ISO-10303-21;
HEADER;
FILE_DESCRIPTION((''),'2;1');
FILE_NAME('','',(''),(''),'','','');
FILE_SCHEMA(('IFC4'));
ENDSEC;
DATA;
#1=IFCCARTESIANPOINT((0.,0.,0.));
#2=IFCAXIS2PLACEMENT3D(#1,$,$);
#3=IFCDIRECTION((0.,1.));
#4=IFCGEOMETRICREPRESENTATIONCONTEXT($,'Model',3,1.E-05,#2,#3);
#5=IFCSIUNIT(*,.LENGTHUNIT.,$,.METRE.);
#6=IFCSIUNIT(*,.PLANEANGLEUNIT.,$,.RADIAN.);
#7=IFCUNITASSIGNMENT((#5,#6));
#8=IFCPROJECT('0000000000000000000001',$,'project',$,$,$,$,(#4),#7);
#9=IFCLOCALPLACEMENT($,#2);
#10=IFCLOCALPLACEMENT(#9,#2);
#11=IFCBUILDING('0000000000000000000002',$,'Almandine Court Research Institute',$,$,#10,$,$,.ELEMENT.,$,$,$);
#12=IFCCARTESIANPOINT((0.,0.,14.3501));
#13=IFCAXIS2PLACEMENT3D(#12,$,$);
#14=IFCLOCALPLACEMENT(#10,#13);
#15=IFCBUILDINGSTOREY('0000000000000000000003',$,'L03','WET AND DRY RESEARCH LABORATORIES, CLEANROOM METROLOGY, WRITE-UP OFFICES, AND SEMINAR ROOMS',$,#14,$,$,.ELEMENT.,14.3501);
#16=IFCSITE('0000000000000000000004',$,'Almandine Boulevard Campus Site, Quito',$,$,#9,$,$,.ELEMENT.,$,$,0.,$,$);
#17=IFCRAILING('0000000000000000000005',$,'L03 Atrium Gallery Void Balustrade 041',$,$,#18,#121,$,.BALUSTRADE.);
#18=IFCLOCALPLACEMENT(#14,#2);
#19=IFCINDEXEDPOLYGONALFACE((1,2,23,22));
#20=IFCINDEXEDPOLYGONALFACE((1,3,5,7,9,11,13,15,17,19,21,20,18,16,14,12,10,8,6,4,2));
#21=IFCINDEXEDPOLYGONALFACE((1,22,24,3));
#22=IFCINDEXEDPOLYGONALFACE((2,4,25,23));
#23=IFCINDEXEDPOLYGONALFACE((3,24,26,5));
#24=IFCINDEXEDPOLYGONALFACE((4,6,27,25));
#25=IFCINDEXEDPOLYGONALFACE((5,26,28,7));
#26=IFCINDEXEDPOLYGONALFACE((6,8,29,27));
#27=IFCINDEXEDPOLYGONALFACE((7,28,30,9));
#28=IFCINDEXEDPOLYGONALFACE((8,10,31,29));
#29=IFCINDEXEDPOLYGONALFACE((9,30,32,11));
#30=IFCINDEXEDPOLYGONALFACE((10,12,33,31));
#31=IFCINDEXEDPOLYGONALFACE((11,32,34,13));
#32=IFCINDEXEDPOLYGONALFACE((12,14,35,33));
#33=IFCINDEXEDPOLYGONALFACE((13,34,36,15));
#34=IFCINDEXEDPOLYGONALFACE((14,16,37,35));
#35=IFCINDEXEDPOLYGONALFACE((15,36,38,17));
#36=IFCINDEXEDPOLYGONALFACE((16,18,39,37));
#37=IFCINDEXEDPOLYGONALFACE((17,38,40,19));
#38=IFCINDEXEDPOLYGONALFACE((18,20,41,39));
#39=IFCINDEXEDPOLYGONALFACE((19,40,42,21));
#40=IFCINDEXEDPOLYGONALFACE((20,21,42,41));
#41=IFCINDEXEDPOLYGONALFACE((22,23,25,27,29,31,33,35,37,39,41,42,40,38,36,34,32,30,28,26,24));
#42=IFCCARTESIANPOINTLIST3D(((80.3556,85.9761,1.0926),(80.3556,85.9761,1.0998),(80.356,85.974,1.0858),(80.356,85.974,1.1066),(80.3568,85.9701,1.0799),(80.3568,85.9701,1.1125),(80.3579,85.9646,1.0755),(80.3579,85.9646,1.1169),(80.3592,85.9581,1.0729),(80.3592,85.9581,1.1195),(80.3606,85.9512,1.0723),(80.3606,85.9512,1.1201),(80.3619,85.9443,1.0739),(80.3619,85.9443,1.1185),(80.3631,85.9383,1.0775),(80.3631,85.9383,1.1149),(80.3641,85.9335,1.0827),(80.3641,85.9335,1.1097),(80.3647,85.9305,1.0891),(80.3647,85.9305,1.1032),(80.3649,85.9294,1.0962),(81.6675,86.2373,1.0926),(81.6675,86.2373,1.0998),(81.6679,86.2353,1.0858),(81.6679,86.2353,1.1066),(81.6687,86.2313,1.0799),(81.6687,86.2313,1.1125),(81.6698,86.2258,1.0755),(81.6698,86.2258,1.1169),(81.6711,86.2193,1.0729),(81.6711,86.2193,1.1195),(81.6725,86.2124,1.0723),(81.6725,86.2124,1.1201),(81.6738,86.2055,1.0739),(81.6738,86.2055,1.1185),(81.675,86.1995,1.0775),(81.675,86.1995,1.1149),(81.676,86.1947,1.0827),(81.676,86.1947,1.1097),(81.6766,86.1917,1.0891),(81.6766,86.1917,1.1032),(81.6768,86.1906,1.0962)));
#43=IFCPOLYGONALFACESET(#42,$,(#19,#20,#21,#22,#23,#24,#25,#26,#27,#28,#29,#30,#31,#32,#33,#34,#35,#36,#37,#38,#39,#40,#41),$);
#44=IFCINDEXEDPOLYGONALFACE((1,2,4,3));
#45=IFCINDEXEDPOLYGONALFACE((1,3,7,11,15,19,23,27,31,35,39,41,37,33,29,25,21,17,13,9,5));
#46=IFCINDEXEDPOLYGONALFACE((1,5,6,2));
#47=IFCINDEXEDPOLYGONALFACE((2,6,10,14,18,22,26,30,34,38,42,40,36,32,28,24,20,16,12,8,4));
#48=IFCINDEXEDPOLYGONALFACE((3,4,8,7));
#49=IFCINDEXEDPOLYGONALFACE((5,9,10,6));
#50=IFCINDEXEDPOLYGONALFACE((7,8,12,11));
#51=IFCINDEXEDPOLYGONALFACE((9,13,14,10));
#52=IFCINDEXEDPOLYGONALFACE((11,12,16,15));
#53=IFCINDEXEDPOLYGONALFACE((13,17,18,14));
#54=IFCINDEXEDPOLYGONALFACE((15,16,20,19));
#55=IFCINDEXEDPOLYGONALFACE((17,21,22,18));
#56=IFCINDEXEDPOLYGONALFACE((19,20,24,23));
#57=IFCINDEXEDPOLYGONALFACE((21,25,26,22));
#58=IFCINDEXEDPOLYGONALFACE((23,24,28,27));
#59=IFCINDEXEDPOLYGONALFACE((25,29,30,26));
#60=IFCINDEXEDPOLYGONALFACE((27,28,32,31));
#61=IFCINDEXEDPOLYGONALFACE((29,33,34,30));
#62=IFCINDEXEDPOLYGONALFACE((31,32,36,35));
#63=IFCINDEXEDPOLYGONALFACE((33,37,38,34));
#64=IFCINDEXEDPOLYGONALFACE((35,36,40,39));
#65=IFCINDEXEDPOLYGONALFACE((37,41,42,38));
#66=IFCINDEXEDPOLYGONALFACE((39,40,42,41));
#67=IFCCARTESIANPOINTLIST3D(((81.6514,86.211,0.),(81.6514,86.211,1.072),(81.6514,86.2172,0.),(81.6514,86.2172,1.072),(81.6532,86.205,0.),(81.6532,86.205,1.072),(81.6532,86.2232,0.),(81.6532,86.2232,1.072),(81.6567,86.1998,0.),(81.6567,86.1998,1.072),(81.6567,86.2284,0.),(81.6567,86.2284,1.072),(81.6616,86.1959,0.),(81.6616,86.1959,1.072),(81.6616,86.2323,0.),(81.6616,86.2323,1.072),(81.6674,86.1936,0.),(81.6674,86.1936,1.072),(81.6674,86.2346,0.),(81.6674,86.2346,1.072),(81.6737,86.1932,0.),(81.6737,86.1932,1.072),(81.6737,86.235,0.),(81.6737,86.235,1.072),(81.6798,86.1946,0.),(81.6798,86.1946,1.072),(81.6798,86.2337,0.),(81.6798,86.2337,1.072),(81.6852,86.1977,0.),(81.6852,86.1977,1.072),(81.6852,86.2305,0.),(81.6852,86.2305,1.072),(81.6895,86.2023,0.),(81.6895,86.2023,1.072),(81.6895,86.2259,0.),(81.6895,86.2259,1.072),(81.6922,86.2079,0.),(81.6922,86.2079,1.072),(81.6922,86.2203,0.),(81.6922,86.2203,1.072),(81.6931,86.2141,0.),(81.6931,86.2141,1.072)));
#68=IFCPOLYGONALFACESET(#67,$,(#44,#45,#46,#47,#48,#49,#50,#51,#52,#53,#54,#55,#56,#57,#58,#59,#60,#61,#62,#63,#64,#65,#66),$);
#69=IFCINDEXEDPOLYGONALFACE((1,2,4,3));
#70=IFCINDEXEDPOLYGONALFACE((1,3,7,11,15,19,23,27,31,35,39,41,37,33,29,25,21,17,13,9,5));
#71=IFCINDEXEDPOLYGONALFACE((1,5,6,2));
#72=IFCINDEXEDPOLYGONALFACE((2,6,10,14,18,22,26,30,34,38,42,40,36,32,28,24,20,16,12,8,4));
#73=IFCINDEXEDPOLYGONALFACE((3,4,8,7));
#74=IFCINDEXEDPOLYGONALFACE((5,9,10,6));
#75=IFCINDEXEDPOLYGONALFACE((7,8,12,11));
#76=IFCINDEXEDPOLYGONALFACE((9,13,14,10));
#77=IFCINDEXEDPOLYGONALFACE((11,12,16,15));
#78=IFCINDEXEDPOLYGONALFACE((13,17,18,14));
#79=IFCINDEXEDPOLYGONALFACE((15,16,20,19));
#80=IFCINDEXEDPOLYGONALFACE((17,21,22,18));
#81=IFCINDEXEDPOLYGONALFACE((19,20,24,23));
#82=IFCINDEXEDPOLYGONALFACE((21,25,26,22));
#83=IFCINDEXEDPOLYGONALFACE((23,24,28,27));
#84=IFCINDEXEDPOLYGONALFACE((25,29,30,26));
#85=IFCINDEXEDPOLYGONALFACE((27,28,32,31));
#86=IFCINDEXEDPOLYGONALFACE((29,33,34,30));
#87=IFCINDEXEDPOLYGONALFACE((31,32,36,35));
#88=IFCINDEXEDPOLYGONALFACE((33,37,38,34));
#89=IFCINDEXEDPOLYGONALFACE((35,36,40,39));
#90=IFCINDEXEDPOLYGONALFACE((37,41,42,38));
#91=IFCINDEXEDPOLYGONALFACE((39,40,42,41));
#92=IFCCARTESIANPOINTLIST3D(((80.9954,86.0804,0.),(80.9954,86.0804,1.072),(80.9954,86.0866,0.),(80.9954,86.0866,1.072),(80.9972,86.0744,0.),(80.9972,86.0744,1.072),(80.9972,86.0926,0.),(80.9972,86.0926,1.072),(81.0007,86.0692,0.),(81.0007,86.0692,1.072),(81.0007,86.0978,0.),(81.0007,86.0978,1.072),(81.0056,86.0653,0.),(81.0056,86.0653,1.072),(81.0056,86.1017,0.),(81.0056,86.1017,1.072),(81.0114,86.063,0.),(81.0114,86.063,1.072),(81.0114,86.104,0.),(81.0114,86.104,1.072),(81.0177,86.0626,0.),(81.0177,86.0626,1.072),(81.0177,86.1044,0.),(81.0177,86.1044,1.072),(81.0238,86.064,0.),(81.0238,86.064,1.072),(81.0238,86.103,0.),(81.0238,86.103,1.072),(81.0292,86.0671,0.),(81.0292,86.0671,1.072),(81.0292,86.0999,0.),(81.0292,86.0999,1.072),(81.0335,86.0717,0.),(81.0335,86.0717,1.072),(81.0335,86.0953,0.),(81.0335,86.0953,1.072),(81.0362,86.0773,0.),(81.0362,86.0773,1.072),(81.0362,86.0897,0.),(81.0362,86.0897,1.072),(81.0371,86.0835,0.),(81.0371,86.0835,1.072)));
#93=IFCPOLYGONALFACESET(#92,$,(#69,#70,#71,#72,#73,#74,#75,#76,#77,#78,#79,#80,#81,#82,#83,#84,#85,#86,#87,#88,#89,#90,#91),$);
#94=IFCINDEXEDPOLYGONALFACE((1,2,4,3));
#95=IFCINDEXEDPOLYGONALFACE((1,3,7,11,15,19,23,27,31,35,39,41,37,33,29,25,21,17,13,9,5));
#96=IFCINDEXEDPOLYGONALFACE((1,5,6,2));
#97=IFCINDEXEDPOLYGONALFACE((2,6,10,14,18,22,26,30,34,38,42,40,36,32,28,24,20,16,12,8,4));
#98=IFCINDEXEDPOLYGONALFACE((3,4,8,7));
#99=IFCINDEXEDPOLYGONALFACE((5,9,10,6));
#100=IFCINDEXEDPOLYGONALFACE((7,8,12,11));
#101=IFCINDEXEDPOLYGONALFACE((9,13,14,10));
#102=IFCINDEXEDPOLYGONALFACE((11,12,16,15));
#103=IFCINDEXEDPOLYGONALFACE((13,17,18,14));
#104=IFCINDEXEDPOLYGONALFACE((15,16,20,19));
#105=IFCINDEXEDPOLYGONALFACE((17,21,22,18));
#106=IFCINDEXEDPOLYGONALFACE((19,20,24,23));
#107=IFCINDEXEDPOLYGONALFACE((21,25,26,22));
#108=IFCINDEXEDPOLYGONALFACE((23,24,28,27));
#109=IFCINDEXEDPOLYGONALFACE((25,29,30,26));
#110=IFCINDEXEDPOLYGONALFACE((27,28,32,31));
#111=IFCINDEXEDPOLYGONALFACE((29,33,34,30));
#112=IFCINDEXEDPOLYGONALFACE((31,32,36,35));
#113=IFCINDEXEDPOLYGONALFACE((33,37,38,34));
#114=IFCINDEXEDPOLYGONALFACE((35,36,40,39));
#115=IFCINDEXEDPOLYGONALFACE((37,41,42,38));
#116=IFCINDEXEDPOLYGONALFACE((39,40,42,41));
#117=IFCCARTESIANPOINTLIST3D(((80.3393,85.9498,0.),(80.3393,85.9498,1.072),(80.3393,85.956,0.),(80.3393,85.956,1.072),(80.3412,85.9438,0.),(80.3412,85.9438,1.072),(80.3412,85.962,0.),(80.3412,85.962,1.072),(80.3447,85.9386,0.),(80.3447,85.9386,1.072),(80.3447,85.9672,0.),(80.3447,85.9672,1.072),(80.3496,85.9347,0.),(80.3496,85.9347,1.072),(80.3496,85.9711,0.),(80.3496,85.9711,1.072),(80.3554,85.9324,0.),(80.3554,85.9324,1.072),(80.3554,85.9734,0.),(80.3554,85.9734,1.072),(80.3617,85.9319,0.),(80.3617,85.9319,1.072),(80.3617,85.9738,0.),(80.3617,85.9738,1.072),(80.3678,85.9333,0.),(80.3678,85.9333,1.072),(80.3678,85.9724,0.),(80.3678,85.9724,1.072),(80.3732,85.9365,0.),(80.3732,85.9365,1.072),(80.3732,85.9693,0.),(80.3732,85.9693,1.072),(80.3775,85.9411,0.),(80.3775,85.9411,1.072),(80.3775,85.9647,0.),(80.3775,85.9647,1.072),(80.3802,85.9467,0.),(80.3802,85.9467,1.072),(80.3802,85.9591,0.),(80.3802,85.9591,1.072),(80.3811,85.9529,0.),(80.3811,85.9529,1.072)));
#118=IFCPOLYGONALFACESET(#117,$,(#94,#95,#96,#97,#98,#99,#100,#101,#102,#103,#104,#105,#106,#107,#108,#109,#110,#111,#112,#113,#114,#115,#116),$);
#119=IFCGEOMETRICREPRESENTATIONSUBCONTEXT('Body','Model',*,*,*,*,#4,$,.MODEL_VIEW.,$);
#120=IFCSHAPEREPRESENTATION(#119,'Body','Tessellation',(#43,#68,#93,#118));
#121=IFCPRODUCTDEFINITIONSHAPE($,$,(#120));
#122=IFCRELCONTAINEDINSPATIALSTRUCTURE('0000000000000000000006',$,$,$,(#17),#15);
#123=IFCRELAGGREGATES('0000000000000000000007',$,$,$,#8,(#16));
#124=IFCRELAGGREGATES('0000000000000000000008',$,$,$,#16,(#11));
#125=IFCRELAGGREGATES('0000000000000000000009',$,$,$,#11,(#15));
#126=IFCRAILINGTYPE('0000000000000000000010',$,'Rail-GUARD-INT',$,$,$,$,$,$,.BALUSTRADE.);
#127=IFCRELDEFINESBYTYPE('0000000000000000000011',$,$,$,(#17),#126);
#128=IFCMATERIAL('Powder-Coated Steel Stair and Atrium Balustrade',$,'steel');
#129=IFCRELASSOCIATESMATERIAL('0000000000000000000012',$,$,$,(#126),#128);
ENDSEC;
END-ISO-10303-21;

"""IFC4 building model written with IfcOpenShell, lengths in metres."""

from ifc_helpers import new_model, si_unit, direction, frame, origin, origin_2d, place, context, subcontext, project, spatial, circle, extrude, material, type_object, element, save


model = new_model("IFC4")

# Units and contexts
model_context = context("Model", 3, precision=1e-05, world=origin(), true_north=direction((0.0, 1.0)))
body_context = subcontext(model_context, "Body", "Model", "MODEL_VIEW")
ifc_project = project(units=[si_unit("LENGTHUNIT", "METRE"), si_unit("PLANEANGLEUNIT", "RADIAN")], contexts=[model_context])

# Site, building, storey
site_placement = place(None, origin())
site = spatial("IfcSite", under=ifc_project, at=site_placement, Name="Almandine Boulevard Campus Site, Quito", CompositionType="ELEMENT", RefElevation=0.0)
building_placement = place(site_placement, origin())
building = spatial("IfcBuilding", under=site, at=building_placement, Name="Almandine Court Research Institute", CompositionType="ELEMENT")
storey_placement = place(building_placement, frame((0.0, 0.0, 14.3501)))
storey = spatial("IfcBuildingStorey", under=building, at=storey_placement, Name="L03", Description="WET AND DRY RESEARCH LABORATORIES, CLEANROOM METROLOGY, WRITE-UP OFFICES, AND SEMINAR ROOMS", CompositionType="ELEMENT", Elevation=14.3501)

# Railing
ifc_material_1 = material(Name="Powder-Coated Steel Stair and Atrium Balustrade", Category="steel")
railing_type = type_object("IfcRailingType", Name="Rail-GUARD-INT", PredefinedType="BALUSTRADE", material=ifc_material_1)
railing_1_placement = place(storey_placement, frame((81.6721, 86.2141, 0.0)))
element("IfcRailing", 1, at=railing_1_placement, inside=storey, type_object=railing_type, Name="L03 Atrium Gallery Void Balustrade 041", PredefinedType="BALUSTRADE", context=body_context, shape_type="SweptSolid", body=[
    extrude(circle(Radius=0.0239, at=origin_2d()), frame((0.0, 0.0, 1.0962), z_axis=(-0.980749, -0.195274, 0.0), x_axis=(0.195274, -0.980749, 0.0)), (0.0, 0.0, 1.0), 1.3376),
    extrude(circle(Radius=0.021, at=origin_2d()), origin(), (0.0, 0.0, 1.0), 1.072),
    extrude(circle(Radius=0.021, at=origin_2d()), frame((-0.656, -0.1306, 0.0)), (0.0, 0.0, 1.0), 1.072),
    extrude(circle(Radius=0.021, at=origin_2d()), frame((-1.312, -0.2612, 0.0)), (0.0, 0.0, 1.0), 1.072),
])

save(model, "model.ifc")
